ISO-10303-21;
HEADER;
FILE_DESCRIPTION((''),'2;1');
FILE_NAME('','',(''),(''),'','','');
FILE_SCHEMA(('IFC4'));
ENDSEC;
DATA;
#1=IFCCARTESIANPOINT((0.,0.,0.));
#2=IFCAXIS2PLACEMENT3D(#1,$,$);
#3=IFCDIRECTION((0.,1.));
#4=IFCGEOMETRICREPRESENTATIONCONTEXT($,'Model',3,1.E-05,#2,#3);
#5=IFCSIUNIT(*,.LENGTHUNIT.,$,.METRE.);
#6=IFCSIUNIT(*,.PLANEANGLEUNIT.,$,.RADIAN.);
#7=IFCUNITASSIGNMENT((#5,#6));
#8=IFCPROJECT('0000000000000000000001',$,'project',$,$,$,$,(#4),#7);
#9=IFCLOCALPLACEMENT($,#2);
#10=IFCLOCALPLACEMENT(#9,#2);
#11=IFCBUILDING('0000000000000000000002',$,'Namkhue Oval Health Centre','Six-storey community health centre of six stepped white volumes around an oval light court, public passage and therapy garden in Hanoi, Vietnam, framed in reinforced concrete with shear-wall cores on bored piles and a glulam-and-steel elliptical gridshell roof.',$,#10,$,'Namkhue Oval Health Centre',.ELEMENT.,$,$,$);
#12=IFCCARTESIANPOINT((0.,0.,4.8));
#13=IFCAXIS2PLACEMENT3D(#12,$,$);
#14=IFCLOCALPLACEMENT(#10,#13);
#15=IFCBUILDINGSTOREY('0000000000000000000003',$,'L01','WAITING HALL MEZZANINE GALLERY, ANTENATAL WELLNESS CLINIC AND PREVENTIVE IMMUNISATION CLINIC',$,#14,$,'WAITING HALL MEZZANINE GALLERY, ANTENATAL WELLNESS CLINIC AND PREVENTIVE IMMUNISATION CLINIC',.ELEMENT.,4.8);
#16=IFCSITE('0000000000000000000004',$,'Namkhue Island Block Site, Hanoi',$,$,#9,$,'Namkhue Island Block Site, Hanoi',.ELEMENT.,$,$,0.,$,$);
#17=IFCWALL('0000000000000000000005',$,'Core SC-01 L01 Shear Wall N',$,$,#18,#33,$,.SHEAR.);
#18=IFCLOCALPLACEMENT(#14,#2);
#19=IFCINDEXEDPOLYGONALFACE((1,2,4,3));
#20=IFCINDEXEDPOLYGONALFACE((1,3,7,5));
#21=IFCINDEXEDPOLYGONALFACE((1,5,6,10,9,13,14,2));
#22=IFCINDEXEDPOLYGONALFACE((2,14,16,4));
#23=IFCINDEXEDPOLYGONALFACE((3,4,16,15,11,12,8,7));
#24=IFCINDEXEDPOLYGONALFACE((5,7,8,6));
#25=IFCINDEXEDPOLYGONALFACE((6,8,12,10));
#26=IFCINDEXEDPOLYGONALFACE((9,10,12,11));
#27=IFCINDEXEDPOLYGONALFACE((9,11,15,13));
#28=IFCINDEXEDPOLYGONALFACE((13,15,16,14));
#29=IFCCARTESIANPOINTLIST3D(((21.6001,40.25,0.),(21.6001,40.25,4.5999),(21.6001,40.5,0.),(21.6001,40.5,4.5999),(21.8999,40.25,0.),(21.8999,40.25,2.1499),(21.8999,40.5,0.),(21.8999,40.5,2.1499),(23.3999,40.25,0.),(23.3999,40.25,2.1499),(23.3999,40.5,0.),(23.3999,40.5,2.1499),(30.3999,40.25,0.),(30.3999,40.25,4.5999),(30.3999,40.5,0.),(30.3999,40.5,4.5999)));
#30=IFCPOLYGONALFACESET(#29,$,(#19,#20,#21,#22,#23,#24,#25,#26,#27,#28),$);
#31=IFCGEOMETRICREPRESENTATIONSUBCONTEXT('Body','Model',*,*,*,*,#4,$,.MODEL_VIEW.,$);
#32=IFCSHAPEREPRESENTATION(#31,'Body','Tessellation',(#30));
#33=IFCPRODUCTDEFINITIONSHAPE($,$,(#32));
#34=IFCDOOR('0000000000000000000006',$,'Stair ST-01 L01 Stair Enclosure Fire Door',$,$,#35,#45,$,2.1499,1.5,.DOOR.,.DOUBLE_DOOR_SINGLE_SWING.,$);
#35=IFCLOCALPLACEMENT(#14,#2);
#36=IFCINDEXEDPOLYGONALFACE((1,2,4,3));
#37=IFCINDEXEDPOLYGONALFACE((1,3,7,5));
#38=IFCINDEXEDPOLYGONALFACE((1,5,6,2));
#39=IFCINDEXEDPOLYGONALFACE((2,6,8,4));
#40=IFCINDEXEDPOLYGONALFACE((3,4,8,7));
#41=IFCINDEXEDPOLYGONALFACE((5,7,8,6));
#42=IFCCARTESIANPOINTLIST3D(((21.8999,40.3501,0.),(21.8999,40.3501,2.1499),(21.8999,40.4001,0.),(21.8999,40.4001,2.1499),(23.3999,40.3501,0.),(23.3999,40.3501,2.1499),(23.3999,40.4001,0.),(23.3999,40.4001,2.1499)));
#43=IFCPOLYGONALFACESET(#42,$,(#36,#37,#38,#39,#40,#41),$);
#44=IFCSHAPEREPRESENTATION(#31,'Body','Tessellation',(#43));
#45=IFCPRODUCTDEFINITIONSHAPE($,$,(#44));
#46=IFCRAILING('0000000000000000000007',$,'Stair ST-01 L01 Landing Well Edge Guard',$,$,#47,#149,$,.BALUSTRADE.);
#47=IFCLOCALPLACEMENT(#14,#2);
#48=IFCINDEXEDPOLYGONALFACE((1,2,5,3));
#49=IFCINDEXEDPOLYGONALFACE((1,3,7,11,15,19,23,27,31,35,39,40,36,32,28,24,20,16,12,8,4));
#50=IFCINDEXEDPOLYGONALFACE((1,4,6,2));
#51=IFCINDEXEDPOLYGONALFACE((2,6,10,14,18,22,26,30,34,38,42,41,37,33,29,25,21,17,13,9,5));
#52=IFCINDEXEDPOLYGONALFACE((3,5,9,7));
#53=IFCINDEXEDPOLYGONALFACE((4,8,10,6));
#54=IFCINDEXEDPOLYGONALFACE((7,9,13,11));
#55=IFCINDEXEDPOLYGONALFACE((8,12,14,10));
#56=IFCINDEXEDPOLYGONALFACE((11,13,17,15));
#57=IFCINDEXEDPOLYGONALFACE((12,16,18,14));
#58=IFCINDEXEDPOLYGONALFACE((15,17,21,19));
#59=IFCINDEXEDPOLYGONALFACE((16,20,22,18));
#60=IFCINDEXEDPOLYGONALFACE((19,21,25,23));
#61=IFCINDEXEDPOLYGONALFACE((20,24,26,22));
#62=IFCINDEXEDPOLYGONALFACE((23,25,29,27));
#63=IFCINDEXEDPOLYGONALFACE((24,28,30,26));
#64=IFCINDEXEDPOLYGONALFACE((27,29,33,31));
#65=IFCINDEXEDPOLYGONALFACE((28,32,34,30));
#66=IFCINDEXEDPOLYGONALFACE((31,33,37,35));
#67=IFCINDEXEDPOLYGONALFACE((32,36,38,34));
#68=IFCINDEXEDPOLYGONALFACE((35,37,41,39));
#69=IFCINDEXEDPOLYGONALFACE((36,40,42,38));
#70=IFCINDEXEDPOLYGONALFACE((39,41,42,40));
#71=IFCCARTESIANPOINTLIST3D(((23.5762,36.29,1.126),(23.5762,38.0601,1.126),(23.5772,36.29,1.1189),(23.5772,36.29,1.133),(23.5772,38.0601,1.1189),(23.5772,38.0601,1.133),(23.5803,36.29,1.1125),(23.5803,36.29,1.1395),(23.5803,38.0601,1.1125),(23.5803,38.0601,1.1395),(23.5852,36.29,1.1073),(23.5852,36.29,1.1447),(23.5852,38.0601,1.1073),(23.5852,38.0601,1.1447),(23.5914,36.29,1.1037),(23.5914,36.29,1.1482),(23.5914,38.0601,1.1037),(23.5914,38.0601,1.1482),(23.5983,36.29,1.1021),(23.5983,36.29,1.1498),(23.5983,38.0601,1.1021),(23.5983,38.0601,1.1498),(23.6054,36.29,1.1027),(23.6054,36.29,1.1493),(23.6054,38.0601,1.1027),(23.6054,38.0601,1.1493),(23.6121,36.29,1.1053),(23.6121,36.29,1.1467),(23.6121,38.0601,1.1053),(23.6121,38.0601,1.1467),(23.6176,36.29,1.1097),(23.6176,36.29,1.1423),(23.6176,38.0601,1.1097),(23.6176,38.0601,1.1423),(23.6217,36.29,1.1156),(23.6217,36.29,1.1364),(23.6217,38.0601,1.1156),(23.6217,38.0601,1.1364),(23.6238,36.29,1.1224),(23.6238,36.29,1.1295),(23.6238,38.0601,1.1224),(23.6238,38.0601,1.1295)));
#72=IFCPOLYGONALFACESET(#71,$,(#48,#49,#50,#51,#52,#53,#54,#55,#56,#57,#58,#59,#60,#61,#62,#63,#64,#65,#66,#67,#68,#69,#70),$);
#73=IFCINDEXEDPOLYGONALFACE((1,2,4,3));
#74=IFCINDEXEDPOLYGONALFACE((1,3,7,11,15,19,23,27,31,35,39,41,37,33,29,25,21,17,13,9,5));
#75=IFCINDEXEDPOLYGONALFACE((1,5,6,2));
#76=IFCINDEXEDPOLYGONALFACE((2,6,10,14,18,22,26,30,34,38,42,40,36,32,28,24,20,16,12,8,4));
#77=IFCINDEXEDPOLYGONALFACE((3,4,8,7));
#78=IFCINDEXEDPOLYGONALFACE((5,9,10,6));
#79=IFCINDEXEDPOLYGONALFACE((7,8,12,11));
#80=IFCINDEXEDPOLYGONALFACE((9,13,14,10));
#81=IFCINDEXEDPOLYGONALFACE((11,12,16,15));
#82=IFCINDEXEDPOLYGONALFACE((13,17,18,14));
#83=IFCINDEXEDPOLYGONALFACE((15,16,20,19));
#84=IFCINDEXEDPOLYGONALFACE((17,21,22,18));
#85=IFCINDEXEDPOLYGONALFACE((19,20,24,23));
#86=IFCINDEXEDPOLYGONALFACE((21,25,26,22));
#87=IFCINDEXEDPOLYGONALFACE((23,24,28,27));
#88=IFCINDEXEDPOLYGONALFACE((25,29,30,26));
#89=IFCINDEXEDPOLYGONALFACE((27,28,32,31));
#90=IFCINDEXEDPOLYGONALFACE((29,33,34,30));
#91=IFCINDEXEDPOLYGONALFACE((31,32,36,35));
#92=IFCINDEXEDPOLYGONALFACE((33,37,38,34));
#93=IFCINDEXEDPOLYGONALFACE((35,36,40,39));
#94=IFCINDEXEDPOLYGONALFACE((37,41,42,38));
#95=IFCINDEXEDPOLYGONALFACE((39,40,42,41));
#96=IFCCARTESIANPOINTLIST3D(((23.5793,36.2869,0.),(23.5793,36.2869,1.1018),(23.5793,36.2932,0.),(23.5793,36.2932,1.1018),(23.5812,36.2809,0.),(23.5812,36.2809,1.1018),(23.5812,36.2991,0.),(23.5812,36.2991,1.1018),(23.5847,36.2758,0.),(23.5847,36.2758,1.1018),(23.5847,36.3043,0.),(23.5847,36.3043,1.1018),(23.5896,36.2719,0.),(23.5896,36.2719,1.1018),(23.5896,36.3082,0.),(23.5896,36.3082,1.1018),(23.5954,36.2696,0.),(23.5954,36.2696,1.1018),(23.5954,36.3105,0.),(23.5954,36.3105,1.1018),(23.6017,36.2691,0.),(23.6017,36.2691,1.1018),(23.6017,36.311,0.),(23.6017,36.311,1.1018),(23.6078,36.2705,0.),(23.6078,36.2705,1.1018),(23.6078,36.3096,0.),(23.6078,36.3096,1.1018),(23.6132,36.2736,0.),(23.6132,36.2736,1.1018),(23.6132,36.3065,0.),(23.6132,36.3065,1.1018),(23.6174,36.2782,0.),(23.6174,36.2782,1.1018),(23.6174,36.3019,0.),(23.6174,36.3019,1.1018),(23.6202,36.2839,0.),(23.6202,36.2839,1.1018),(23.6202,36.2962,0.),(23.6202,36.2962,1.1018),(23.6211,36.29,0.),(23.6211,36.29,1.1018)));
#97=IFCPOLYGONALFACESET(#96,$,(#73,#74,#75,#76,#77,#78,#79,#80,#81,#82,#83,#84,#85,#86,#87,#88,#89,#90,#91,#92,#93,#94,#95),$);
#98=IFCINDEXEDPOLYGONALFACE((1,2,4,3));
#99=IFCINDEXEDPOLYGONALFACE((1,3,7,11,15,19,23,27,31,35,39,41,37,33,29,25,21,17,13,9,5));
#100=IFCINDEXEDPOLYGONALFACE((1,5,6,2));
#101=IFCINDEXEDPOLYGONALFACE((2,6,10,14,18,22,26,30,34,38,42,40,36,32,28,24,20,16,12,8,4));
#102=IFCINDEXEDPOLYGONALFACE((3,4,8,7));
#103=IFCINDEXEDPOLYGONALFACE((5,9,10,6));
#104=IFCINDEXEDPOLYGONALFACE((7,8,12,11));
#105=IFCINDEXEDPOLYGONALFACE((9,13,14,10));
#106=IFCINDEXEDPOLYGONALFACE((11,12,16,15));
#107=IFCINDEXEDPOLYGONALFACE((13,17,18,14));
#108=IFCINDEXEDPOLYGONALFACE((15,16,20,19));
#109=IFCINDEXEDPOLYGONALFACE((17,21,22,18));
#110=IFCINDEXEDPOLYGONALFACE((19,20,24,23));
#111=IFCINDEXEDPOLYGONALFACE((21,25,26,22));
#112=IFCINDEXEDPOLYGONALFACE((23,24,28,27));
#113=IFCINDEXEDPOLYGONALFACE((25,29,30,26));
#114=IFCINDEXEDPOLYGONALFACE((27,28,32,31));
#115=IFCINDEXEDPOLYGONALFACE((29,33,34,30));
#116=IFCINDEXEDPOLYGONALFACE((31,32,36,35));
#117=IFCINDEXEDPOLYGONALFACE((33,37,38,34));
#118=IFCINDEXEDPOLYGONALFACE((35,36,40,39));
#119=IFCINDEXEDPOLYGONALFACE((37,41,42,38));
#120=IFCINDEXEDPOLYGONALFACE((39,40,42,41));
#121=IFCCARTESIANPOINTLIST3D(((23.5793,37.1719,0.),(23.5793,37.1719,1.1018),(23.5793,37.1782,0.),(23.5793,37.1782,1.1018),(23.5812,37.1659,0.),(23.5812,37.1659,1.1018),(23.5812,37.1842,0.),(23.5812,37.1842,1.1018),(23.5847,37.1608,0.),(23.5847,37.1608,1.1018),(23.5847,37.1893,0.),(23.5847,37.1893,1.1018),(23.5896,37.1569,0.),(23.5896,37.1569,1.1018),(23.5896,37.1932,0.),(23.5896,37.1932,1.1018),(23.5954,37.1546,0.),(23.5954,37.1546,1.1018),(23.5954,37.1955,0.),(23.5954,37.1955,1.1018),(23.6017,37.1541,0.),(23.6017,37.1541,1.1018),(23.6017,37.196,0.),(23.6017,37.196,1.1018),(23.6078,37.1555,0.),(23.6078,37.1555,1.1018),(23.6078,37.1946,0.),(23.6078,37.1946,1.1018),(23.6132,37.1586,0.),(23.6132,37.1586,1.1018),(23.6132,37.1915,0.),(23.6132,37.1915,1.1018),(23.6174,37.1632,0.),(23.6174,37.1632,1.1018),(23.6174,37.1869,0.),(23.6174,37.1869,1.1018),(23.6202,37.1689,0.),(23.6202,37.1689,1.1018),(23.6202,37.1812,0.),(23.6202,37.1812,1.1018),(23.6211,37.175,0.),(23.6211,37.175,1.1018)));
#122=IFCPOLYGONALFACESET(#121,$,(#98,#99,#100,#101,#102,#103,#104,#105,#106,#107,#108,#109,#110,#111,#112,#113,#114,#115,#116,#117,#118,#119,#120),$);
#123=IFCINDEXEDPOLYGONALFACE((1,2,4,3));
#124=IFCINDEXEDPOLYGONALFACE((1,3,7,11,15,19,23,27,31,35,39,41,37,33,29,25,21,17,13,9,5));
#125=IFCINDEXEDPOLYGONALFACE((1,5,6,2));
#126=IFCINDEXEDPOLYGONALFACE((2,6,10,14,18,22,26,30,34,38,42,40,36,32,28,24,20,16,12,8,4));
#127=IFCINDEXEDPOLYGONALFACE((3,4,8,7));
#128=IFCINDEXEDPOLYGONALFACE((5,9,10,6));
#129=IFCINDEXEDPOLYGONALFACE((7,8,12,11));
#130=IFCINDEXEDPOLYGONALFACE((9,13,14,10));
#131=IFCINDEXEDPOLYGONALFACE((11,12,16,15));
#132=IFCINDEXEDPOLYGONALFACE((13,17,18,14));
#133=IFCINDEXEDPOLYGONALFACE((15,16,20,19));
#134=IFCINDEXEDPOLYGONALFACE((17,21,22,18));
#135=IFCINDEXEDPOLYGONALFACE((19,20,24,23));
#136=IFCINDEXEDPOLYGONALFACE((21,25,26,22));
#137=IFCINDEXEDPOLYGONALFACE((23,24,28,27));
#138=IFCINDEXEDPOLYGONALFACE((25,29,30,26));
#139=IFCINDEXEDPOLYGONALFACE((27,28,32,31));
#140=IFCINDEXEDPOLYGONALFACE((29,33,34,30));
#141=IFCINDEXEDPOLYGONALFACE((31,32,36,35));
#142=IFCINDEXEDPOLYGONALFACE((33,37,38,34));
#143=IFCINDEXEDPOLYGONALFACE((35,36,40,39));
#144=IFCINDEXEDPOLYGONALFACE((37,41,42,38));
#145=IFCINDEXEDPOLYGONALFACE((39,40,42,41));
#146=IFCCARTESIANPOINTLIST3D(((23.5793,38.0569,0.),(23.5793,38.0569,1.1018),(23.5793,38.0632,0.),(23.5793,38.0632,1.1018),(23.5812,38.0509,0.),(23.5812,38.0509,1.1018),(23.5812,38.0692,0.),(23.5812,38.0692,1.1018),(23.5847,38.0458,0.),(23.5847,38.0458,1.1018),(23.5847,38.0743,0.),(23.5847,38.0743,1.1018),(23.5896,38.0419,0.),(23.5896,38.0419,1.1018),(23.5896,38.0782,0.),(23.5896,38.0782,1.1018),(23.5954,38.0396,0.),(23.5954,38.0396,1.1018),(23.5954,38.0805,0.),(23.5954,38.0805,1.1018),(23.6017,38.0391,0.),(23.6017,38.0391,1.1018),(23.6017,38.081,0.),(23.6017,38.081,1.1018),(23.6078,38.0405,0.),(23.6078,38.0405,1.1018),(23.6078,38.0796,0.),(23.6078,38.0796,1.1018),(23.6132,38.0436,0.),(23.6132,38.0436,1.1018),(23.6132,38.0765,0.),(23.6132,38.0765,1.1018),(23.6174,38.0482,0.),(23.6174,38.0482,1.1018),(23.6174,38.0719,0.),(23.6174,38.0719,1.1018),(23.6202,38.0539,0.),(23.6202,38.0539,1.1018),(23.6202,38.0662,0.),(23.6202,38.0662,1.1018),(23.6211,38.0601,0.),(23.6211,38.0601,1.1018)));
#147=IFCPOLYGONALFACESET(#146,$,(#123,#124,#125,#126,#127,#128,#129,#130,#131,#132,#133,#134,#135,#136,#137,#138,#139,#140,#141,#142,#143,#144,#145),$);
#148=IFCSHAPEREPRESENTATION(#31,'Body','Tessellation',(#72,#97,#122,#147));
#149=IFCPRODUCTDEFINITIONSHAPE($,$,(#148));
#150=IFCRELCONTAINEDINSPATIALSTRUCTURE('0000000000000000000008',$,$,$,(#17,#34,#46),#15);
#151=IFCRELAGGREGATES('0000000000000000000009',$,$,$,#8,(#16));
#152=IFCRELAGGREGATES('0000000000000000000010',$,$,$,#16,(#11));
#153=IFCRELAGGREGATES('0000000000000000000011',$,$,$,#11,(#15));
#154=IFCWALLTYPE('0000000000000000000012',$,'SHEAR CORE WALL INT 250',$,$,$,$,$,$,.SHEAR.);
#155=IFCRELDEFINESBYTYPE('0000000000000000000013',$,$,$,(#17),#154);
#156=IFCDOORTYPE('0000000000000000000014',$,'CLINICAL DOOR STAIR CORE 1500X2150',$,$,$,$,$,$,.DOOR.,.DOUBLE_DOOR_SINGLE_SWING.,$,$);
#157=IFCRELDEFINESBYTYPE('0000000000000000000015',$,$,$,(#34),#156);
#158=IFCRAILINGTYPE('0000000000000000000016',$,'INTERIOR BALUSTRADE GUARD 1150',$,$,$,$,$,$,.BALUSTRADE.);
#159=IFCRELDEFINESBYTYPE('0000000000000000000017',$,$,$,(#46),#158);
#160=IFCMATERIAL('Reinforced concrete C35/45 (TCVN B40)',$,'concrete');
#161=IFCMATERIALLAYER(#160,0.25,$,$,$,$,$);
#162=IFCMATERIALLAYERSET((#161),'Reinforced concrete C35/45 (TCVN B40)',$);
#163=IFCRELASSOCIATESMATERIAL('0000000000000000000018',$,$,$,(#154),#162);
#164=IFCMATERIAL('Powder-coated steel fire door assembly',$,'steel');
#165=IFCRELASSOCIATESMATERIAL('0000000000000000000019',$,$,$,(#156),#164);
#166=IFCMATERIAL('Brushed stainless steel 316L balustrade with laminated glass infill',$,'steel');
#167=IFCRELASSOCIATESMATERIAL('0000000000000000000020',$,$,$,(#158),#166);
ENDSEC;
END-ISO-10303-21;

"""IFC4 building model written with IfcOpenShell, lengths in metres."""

from ifc_helpers import new_model, si_unit, direction, frame, frame_2d, origin, origin_2d, place, context, subcontext, project, spatial, rectangle, circle, extrude, material, layer, layer_set, type_object, element, fill, save


model = new_model("IFC4")

# Units and contexts
model_context = context("Model", 3, precision=1e-05, world=origin(), true_north=direction((0.0, 1.0)))
body_context = subcontext(model_context, "Body", "Model", "MODEL_VIEW")
ifc_project = project(units=[si_unit("LENGTHUNIT", "METRE"), si_unit("PLANEANGLEUNIT", "RADIAN")], contexts=[model_context])

# Site, building, storey
site_placement = place(None, origin())
site = spatial("IfcSite", under=ifc_project, at=site_placement, Name="Namkhue Island Block Site, Hanoi", LongName="Namkhue Island Block Site, Hanoi", CompositionType="ELEMENT", RefElevation=0.0)
building_placement = place(site_placement, origin())
building = spatial("IfcBuilding", under=site, at=building_placement, Name="Namkhue Oval Health Centre", Description="Six-storey community health centre of six stepped white volumes around an oval light court, public passage and therapy garden in Hanoi, Vietnam, framed in reinforced concrete with shear-wall cores on bored piles and a glulam-and-steel elliptical gridshell roof.", LongName="Namkhue Oval Health Centre", CompositionType="ELEMENT")
storey_placement = place(building_placement, frame((0.0, 0.0, 4.8)))
storey = spatial("IfcBuildingStorey", under=building, at=storey_placement, Name="L01", Description="WAITING HALL MEZZANINE GALLERY, ANTENATAL WELLNESS CLINIC AND PREVENTIVE IMMUNISATION CLINIC", LongName="WAITING HALL MEZZANINE GALLERY, ANTENATAL WELLNESS CLINIC AND PREVENTIVE IMMUNISATION CLINIC", CompositionType="ELEMENT", Elevation=4.8)

# Shared definitions
ifc_material_1 = material(Name="Powder-coated steel fire door assembly", Category="steel")

# Shared definitions
ifc_material_2 = material(Name="Reinforced concrete C35/45 (TCVN B40)", Category="concrete")
ifc_layer_1 = layer(ifc_material_2, 0.25)
ifc_layer_set_1 = layer_set([ifc_layer_1], Name="Reinforced concrete C35/45 (TCVN B40)")
wall_type_1 = type_object("IfcWallType", Name="SHEAR CORE WALL INT 250", PredefinedType="SHEAR", material=ifc_layer_set_1)

# Wall, opening, door
wall_1_placement = place(storey_placement, frame((30.3999, 40.375, 0.0), z_axis=(0.0, 0.0, 1.0), x_axis=(-1.0, 0.0, 0.0)))
wall_1 = element("IfcWall", 1, at=wall_1_placement, inside=storey, type_object=wall_type_1, Name="Core SC-01 L01 Shear Wall N", PredefinedType="SHEAR", context=body_context, shape_type="SweptSolid", body=[
    extrude(rectangle(XDim=8.7998, YDim=0.25, at=frame_2d((4.3999, 0.0))), origin(), (0.0, 0.0, 1.0), 4.5999),
])
opening_1_placement = place(wall_1_placement, frame((7.0, 0.0, 0.0)))
opening_1 = element("IfcOpeningElement", 2, at=opening_1_placement, cuts=wall_1, PredefinedType="OPENING", context=body_context, shape_type="SweptSolid", body=[
    extrude(rectangle(XDim=1.5, YDim=2.1499, at=frame_2d((0.75, 1.075))), frame((0.0, 0.135, 0.0), z_axis=(0.0, -1.0, 0.0), x_axis=(1.0, 0.0, 0.0)), (0.0, 0.0, 1.0), 0.27),
])
door_type_1 = type_object("IfcDoorType", Name="CLINICAL DOOR STAIR CORE 1500X2150", OperationType="DOUBLE_DOOR_SINGLE_SWING", PredefinedType="DOOR", material=ifc_material_1)
door_1_placement = place(opening_1_placement, origin())
door_1 = element("IfcDoor", 3, at=door_1_placement, inside=storey, type_object=door_type_1, Name="Stair ST-01 L01 Stair Enclosure Fire Door", OperationType="DOUBLE_DOOR_SINGLE_SWING", OverallHeight=2.1499, OverallWidth=1.5, PredefinedType="DOOR", context=body_context, shape_type="SweptSolid", body=[
    extrude(rectangle(XDim=1.5, YDim=2.1499, at=frame_2d((0.75, 1.075))), frame((0.0, 0.0249, 0.0), z_axis=(0.0, -1.0, 0.0), x_axis=(1.0, 0.0, 0.0)), (0.0, 0.0, 1.0), 0.05),
])
fill(opening_1, door_1)

# Railing
ifc_material_3 = material(Name="Brushed stainless steel 316L balustrade with laminated glass infill", Category="steel")
railing_type = type_object("IfcRailingType", Name="INTERIOR BALUSTRADE GUARD 1150", PredefinedType="BALUSTRADE", material=ifc_material_3)
railing_1_placement = place(storey_placement, frame((23.6001, 36.29, 0.0)))
element("IfcRailing", 4, at=railing_1_placement, inside=storey, type_object=railing_type, Name="Stair ST-01 L01 Landing Well Edge Guard", PredefinedType="BALUSTRADE", context=body_context, shape_type="SweptSolid", body=[
    extrude(circle(Radius=0.0239, at=origin_2d()), frame((0.0, 0.0, 1.126), z_axis=(0.0, 1.0, 0.0), x_axis=(-1.0, 0.0, 0.0)), (0.0, 0.0, 1.0), 1.77),
    extrude(circle(Radius=0.021, at=origin_2d()), origin(), (0.0, 0.0, 1.0), 1.1018),
    extrude(circle(Radius=0.021, at=origin_2d()), frame((0.0, 0.885, 0.0)), (0.0, 0.0, 1.0), 1.1018),
    extrude(circle(Radius=0.021, at=origin_2d()), frame((0.0, 1.77, 0.0)), (0.0, 0.0, 1.0), 1.1018),
])

save(model, "model.ifc")
